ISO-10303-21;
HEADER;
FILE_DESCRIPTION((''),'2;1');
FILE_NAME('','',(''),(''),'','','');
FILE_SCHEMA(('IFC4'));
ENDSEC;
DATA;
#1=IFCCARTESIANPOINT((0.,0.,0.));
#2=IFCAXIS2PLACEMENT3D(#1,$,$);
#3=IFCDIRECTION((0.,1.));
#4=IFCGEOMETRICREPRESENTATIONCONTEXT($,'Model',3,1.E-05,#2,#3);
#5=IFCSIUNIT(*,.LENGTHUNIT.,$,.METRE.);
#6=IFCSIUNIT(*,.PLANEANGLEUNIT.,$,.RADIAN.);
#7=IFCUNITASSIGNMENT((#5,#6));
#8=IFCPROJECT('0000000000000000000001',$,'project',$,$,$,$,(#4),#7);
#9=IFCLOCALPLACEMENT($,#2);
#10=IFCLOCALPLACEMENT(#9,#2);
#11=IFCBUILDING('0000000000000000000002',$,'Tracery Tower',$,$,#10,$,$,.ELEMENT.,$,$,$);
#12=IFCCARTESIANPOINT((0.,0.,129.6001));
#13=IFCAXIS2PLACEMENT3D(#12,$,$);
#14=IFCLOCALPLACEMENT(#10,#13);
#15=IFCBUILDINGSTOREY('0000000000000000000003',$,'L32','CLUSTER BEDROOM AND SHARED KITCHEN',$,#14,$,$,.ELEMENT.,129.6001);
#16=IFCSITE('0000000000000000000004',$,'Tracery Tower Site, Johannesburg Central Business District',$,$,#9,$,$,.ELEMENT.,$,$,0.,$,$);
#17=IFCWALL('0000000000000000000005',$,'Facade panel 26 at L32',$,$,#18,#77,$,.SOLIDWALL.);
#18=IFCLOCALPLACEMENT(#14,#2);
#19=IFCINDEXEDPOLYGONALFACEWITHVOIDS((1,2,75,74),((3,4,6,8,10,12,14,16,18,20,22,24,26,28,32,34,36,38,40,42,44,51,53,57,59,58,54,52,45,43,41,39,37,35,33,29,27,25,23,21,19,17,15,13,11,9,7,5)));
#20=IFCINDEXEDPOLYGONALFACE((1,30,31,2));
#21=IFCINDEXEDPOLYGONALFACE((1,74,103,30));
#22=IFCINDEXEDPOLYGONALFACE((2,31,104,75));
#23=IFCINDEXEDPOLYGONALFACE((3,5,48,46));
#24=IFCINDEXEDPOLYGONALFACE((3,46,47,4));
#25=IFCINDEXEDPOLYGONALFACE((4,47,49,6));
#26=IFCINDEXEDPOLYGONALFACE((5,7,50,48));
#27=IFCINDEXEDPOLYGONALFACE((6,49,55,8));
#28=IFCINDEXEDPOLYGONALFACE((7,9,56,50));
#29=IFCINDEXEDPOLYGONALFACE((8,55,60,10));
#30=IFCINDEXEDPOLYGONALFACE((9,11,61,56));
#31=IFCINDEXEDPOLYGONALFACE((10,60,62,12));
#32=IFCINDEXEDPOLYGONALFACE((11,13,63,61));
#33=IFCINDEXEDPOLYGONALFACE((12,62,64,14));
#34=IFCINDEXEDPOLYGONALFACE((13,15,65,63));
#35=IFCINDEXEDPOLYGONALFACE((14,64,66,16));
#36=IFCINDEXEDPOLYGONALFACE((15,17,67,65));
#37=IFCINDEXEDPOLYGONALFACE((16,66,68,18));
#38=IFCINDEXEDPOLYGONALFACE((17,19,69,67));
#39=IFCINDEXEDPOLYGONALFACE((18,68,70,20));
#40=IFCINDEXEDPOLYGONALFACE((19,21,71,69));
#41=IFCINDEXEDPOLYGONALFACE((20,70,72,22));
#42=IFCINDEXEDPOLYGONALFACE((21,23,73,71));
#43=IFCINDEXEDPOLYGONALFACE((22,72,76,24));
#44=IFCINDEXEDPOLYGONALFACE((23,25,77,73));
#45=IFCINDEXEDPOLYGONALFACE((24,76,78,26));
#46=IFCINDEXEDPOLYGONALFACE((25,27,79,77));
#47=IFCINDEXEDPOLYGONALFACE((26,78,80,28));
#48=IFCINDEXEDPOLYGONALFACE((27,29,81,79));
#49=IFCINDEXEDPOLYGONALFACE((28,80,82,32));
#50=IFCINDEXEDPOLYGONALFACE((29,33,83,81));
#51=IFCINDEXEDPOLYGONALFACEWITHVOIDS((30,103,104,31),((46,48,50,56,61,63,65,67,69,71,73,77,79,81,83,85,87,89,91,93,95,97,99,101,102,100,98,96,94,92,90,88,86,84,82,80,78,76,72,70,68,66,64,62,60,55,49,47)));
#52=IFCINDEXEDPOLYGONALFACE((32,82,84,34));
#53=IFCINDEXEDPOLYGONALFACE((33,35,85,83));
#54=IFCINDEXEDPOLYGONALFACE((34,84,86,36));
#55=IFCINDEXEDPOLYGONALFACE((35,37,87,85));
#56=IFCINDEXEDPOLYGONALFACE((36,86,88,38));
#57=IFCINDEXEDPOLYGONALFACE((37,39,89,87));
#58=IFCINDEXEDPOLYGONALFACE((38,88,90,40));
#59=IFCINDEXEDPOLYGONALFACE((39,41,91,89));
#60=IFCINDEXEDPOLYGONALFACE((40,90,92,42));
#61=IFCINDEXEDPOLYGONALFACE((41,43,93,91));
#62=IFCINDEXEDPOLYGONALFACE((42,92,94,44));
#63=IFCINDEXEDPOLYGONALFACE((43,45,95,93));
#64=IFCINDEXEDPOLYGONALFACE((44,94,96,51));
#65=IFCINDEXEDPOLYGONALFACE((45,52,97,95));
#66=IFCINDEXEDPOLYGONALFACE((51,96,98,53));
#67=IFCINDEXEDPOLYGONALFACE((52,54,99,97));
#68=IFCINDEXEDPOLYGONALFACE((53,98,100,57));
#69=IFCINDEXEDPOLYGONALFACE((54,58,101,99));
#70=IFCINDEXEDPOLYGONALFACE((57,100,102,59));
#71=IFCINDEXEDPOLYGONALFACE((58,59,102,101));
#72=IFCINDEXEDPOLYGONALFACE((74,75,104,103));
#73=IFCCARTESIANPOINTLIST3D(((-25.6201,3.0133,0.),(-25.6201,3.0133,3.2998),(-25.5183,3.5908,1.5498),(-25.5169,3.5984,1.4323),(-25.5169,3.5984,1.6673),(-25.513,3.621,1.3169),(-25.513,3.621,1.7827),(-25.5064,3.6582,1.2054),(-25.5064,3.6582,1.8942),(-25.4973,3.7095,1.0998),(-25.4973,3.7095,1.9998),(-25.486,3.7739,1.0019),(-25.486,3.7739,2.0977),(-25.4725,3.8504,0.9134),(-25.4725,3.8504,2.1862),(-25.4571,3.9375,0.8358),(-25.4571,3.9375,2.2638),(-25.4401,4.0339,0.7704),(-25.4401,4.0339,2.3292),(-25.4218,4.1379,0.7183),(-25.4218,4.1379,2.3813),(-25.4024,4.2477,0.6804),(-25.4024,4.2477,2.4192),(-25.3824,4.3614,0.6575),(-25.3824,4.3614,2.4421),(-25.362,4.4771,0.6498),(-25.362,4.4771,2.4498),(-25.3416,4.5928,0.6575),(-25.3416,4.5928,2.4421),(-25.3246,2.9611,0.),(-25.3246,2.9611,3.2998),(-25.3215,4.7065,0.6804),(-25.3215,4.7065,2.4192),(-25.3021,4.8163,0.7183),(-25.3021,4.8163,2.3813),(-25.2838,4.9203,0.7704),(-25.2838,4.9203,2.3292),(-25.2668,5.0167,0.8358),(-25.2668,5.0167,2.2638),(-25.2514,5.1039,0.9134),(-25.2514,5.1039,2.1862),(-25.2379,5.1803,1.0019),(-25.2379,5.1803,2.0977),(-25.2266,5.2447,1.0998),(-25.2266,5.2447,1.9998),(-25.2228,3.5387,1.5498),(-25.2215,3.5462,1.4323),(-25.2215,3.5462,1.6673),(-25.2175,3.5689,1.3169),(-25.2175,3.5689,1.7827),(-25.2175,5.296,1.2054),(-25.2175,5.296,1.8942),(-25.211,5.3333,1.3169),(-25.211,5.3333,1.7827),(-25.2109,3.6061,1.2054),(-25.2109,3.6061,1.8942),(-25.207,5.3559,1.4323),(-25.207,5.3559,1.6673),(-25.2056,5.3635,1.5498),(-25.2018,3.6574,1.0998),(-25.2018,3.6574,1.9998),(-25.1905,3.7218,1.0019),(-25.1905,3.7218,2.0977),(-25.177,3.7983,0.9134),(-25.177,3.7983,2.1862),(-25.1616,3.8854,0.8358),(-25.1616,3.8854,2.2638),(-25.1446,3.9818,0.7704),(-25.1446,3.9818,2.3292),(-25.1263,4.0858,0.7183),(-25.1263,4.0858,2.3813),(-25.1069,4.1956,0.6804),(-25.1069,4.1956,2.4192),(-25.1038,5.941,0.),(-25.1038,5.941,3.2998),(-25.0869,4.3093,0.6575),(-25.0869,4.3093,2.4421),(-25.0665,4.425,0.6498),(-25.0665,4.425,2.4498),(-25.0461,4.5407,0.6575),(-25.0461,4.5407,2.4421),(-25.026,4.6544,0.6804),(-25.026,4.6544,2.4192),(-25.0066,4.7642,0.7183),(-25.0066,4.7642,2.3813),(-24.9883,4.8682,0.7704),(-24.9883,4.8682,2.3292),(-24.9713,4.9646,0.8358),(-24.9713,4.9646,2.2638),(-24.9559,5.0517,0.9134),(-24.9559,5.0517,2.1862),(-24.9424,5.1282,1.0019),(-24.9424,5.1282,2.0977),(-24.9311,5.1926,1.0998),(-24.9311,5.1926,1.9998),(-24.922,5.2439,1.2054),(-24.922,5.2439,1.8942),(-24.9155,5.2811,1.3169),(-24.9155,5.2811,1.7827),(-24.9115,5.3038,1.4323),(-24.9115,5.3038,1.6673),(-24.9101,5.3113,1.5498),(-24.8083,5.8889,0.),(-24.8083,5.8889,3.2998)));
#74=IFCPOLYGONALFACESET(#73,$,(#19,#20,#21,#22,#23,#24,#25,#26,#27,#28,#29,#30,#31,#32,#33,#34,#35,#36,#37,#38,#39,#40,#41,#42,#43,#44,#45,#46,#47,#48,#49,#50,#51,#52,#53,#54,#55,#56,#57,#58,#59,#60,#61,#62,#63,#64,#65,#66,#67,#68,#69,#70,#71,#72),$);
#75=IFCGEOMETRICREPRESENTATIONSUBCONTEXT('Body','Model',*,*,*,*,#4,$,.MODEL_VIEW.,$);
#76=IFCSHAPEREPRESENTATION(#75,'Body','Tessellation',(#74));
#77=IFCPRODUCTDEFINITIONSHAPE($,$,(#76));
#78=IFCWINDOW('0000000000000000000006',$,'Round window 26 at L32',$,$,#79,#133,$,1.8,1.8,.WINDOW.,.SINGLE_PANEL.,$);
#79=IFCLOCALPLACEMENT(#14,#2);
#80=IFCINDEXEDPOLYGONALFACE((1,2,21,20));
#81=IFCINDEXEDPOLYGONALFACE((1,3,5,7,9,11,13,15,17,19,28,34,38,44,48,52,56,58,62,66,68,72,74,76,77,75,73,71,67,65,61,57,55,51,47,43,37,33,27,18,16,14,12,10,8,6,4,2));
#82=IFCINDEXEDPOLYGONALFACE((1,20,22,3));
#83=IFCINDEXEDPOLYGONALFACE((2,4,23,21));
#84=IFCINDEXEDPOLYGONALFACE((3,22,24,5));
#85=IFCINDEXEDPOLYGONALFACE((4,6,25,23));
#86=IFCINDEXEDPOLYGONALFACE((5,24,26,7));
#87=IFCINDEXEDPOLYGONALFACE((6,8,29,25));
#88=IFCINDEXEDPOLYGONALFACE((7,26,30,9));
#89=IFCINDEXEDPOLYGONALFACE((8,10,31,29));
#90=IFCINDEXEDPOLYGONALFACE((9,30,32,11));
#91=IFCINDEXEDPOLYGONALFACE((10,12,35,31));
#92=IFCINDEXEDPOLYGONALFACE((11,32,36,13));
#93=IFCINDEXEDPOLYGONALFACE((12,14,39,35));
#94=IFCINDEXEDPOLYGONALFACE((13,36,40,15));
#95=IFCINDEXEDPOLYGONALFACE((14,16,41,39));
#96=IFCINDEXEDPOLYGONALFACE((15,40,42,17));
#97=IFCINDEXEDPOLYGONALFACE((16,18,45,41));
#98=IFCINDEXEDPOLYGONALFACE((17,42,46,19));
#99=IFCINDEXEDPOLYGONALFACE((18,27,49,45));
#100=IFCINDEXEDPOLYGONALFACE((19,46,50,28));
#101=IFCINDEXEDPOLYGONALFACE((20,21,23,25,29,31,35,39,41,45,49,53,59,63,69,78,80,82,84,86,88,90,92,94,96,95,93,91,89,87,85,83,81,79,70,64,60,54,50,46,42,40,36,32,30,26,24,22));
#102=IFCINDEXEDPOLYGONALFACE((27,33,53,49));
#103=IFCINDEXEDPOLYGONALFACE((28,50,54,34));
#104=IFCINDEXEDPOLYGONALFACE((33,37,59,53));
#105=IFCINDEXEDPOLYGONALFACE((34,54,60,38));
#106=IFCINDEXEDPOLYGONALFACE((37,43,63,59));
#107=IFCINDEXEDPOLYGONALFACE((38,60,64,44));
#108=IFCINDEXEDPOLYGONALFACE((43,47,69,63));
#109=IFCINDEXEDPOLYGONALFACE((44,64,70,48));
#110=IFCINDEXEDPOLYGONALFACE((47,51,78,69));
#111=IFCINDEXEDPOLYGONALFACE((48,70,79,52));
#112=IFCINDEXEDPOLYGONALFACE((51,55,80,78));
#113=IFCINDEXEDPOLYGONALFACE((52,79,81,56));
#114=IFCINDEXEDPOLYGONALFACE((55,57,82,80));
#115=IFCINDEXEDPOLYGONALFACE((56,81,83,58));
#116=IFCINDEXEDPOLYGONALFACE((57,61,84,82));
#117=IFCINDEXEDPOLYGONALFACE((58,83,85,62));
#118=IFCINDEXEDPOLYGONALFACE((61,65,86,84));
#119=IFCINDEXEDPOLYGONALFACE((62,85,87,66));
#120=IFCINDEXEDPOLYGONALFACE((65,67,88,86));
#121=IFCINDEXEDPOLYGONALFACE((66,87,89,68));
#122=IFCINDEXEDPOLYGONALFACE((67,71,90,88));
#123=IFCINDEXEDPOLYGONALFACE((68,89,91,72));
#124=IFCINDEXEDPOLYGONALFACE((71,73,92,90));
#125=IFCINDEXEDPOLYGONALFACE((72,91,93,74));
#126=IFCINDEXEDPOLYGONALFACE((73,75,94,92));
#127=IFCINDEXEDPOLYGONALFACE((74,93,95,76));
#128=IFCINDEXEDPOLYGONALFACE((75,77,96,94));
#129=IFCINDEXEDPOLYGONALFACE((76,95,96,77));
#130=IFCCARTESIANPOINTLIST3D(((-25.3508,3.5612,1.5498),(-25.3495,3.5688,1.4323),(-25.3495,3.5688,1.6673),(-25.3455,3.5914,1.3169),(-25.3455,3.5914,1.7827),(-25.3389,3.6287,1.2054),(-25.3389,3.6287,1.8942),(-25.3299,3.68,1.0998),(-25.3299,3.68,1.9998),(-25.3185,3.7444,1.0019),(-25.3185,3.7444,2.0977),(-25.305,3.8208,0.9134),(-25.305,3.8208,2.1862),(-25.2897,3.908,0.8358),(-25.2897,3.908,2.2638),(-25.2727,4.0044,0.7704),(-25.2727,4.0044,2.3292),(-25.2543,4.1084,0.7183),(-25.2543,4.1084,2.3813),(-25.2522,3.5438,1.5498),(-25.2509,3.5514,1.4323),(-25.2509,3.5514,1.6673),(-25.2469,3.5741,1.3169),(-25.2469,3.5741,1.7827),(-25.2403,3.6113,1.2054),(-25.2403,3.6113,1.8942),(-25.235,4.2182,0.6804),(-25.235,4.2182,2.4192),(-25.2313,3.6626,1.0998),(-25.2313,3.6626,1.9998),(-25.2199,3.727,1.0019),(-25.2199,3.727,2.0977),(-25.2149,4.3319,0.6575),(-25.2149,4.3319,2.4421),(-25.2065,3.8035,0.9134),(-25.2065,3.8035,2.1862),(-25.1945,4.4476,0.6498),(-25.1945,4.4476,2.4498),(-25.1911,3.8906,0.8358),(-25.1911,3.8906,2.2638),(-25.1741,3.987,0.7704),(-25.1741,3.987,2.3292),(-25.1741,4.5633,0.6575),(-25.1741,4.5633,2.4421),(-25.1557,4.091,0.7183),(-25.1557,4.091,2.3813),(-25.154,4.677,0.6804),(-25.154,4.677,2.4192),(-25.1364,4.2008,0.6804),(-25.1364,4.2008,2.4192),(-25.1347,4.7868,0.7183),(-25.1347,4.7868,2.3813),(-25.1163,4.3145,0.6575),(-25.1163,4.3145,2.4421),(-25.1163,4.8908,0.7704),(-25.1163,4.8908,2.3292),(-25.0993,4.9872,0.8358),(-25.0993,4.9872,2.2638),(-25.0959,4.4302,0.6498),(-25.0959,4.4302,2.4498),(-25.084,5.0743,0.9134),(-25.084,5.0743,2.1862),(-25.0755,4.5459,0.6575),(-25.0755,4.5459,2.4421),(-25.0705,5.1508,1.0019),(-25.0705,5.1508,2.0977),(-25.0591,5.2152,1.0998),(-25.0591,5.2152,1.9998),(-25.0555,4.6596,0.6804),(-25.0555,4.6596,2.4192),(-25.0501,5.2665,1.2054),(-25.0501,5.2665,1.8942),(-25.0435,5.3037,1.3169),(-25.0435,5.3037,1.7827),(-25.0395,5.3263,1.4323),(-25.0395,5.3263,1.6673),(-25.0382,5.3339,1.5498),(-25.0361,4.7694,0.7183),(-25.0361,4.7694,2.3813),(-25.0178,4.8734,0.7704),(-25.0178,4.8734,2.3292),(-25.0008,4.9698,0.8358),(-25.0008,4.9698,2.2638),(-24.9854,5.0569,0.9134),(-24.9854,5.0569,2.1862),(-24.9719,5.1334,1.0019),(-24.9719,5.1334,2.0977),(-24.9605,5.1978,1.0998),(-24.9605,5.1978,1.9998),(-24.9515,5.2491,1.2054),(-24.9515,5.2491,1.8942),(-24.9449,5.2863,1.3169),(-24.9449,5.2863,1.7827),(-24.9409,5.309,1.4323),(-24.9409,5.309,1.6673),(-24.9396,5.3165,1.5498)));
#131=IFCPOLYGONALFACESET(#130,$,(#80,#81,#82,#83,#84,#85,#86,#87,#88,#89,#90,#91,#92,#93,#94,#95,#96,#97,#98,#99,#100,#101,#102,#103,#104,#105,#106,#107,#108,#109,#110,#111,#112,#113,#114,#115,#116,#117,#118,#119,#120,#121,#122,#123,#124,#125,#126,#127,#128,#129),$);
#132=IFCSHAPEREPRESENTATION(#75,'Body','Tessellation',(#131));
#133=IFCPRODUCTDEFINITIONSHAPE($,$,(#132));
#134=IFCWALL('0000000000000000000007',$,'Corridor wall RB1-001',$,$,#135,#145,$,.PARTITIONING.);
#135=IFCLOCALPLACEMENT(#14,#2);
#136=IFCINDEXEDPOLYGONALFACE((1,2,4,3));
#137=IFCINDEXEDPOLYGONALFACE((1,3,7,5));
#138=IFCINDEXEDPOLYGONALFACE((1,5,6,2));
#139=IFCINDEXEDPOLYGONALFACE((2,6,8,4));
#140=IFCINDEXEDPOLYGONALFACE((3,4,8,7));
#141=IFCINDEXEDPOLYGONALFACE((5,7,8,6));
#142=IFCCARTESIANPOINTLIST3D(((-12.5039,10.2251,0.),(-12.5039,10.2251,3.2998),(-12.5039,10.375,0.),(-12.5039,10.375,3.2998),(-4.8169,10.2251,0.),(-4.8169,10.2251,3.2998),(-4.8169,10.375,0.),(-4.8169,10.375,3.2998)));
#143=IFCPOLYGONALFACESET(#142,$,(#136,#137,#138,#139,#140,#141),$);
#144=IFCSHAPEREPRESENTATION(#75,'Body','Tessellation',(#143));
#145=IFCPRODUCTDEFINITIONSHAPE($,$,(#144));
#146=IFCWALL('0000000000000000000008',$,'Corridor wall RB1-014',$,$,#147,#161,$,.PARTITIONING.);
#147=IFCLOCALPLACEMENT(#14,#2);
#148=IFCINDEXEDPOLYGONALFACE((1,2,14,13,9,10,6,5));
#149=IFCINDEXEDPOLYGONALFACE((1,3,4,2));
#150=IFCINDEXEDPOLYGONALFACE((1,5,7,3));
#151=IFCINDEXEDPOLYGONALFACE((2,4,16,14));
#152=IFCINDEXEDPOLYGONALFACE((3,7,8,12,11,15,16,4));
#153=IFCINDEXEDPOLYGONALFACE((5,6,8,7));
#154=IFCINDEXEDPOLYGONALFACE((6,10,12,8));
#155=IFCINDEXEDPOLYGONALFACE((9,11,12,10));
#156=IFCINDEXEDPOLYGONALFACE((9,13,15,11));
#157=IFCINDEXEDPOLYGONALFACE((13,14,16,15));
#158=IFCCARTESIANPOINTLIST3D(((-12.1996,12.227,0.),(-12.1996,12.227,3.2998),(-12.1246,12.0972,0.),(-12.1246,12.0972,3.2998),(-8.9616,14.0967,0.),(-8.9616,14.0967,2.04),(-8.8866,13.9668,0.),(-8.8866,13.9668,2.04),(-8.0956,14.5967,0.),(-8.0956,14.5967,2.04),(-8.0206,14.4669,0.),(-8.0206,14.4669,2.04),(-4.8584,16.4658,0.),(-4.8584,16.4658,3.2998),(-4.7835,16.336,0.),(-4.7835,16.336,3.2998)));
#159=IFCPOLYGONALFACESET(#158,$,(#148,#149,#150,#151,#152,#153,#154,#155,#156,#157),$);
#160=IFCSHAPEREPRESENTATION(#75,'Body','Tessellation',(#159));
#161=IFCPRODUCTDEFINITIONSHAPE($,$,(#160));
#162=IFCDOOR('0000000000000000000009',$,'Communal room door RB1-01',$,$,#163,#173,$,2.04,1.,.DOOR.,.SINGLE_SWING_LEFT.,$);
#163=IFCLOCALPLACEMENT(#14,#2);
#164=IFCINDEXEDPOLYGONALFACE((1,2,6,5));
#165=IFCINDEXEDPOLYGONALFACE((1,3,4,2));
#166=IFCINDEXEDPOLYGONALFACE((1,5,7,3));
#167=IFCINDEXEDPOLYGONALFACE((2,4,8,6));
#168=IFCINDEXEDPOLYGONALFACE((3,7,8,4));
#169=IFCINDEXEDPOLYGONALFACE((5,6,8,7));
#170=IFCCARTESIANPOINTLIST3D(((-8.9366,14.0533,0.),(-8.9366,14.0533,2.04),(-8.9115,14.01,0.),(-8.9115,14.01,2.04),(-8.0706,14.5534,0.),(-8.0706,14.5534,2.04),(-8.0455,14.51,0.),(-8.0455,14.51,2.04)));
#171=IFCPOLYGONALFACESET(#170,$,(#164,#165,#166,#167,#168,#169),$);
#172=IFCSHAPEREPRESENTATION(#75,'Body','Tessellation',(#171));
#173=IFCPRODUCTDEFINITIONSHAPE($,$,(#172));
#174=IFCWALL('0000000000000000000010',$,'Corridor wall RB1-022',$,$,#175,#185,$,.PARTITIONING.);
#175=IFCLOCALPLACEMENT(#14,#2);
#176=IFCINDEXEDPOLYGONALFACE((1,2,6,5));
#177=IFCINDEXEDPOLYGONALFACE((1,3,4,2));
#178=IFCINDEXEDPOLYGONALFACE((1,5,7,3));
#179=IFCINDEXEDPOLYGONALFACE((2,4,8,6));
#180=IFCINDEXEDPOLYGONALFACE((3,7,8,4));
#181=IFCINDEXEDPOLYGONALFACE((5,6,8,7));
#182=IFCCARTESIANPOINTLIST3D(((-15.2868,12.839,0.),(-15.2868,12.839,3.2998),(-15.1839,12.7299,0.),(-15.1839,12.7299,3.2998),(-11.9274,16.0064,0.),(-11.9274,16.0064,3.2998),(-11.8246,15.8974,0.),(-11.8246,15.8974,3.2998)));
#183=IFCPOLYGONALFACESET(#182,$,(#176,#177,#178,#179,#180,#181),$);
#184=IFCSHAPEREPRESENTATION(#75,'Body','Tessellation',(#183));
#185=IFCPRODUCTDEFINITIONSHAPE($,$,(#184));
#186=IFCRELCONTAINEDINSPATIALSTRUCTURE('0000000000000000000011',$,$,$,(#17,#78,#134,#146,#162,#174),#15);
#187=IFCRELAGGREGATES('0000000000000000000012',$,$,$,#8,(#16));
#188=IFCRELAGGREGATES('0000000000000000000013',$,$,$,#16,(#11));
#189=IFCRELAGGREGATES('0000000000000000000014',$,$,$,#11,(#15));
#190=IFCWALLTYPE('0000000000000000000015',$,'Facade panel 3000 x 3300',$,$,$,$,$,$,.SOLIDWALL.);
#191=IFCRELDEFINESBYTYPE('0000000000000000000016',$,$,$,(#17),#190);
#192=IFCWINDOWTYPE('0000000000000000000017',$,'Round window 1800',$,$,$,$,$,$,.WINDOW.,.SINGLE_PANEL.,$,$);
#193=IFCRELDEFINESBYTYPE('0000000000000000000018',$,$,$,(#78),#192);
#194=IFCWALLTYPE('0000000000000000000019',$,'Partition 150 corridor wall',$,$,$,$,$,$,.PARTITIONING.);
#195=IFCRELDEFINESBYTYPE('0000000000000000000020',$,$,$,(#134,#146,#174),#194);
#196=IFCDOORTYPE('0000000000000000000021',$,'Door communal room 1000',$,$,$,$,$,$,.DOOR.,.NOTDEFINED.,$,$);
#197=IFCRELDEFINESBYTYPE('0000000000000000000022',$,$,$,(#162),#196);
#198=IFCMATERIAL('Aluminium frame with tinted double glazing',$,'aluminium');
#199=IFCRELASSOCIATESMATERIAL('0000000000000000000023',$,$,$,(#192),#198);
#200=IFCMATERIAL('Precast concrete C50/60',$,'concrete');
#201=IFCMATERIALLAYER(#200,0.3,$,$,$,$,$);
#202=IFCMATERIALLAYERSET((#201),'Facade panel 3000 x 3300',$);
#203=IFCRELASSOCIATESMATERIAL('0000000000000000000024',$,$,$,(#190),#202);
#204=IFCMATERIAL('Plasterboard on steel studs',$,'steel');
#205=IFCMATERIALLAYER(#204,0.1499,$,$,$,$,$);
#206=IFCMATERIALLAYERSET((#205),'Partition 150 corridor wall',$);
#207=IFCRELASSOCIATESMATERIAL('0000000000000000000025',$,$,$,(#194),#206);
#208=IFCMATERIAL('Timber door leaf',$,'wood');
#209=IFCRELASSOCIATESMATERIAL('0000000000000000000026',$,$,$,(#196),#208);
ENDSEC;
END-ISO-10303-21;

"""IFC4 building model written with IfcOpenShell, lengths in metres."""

from ifc_helpers import new_model, si_unit, direction, frame, frame_2d, origin, origin_2d, place, context, subcontext, project, spatial, rectangle, circle, extrude, material, layer, layer_set, type_object, element, fill, save


model = new_model("IFC4")

# Units and contexts
model_context = context("Model", 3, precision=1e-05, world=origin(), true_north=direction((0.0, 1.0)))
body_context = subcontext(model_context, "Body", "Model", "MODEL_VIEW")
ifc_project = project(units=[si_unit("LENGTHUNIT", "METRE"), si_unit("PLANEANGLEUNIT", "RADIAN")], contexts=[model_context])

# Site, building, storey
site_placement = place(None, origin())
site = spatial("IfcSite", under=ifc_project, at=site_placement, Name="Tracery Tower Site, Johannesburg Central Business District", CompositionType="ELEMENT", RefElevation=0.0)
building_placement = place(site_placement, origin())
building = spatial("IfcBuilding", under=site, at=building_placement, Name="Tracery Tower", CompositionType="ELEMENT")
storey_placement = place(building_placement, frame((0.0, 0.0, 129.6001)))
storey = spatial("IfcBuildingStorey", under=building, at=storey_placement, Name="L32", Description="CLUSTER BEDROOM AND SHARED KITCHEN", CompositionType="ELEMENT", Elevation=129.6001)

# Wall, opening, window
ifc_material_1 = material(Name="Aluminium frame with tinted double glazing", Category="aluminium")
window_type = type_object("IfcWindowType", Name="Round window 1800", PartitioningType="SINGLE_PANEL", PredefinedType="WINDOW", material=ifc_material_1)
ifc_material_2 = material(Name="Precast concrete C50/60", Category="concrete")
ifc_layer_1 = layer(ifc_material_2, 0.3)
ifc_layer_set_1 = layer_set([ifc_layer_1], Name="Facade panel 3000 x 3300")
wall_type_1 = type_object("IfcWallType", Name="Facade panel 3000 x 3300", PredefinedType="SOLIDWALL", material=ifc_layer_set_1)
wall_1_placement = place(storey_placement, frame((-24.9561, 5.9148, 0.0), z_axis=(0.0, 0.0, 1.0), x_axis=(-0.173687, -0.984801, 0.0)))
wall_1 = element("IfcWall", 1, at=wall_1_placement, inside=storey, type_object=wall_type_1, Name="Facade panel 26 at L32", PredefinedType="SOLIDWALL", context=body_context, shape_type="SweptSolid", body=[
    extrude(rectangle(XDim=2.9729, YDim=0.3, at=frame_2d((1.4863, 0.0))), origin(), (0.0, 0.0, 1.0), 3.2998),
])
opening_1_placement = place(wall_1_placement, frame((1.4863, 0.0, 1.5498)))
opening_1 = element("IfcOpeningElement", 2, at=opening_1_placement, cuts=wall_1, PredefinedType="OPENING", context=body_context, shape_type="SweptSolid", body=[
    extrude(circle(Radius=0.9, at=origin_2d()), frame((0.0, 0.1599, 0.0), z_axis=(0.0, -1.0, 0.0), x_axis=(1.0, 0.0, 0.0)), (0.0, 0.0, 1.0), 0.3201),
])
window_1_placement = place(opening_1_placement, origin())
window_1 = element("IfcWindow", 3, at=window_1_placement, inside=storey, type_object=window_type, Name="Round window 26 at L32", OverallHeight=1.8, OverallWidth=1.8, PartitioningType="SINGLE_PANEL", PredefinedType="WINDOW", context=body_context, shape_type="SweptSolid", body=[
    extrude(circle(Radius=0.9, at=origin_2d()), frame((0.0, 0.1201, 0.0), z_axis=(0.0, -1.0, 0.0), x_axis=(1.0, 0.0, 0.0)), (0.0, 0.0, 1.0), 0.1001),
])
fill(opening_1, window_1)

# Wall
ifc_material_3 = material(Name="Plasterboard on steel studs", Category="steel")
ifc_layer_2 = layer(ifc_material_3, 0.1499)
ifc_layer_set_2 = layer_set([ifc_layer_2], Name="Partition 150 corridor wall")
wall_type_2 = type_object("IfcWallType", Name="Partition 150 corridor wall", PredefinedType="PARTITIONING", material=ifc_layer_set_2)
wall_2_placement = place(storey_placement, frame((-12.5039, 10.3, 0.0), z_axis=(0.0, 0.0, 1.0), x_axis=(1.0, 0.0, 0.0)))
element("IfcWall", 4, at=wall_2_placement, inside=storey, type_object=wall_type_2, Name="Corridor wall RB1-001", PredefinedType="PARTITIONING", context=body_context, shape_type="SweptSolid", body=[
    extrude(rectangle(XDim=7.687, YDim=0.1499, at=frame_2d((3.8435, 0.0))), origin(), (0.0, 0.0, 1.0), 3.2998),
])

# Wall, opening, door
wall_3_placement = place(storey_placement, frame((-12.1621, 12.1621, 0.0), z_axis=(0.0, 0.0, 1.0), x_axis=(0.866005, 0.500036, 0.0)))
wall_3 = element("IfcWall", 5, at=wall_3_placement, inside=storey, type_object=wall_type_2, Name="Corridor wall RB1-014", PredefinedType="PARTITIONING", context=body_context, shape_type="SweptSolid", body=[
    extrude(rectangle(XDim=8.4771, YDim=0.1499, at=frame_2d((4.2385, 0.0))), origin(), (0.0, 0.0, 1.0), 3.2998),
])
opening_2_placement = place(wall_3_placement, frame((3.739, 0.0, 0.0)))
opening_2 = element("IfcOpeningElement", 6, at=opening_2_placement, cuts=wall_3, PredefinedType="OPENING", context=body_context, shape_type="SweptSolid", body=[
    extrude(rectangle(XDim=1.0, YDim=2.04, at=frame_2d((0.5, 1.02))), frame((0.0, 0.075, 0.0), z_axis=(0.0, -1.0, 0.0), x_axis=(1.0, 0.0, 0.0)), (0.0, 0.0, 1.0), 0.1499),
])
ifc_material_4 = material(Name="Timber door leaf", Category="wood")
door_type_1 = type_object("IfcDoorType", Name="Door communal room 1000", OperationType="NOTDEFINED", PredefinedType="DOOR", material=ifc_material_4)
door_1_placement = place(opening_2_placement, origin())
door_1 = element("IfcDoor", 7, at=door_1_placement, inside=storey, type_object=door_type_1, Name="Communal room door RB1-01", OperationType="SINGLE_SWING_LEFT", OverallHeight=2.04, OverallWidth=1.0, PredefinedType="DOOR", context=body_context, shape_type="SweptSolid", body=[
    extrude(rectangle(XDim=1.0, YDim=2.04, at=frame_2d((0.5, 1.02))), frame((0.0, 0.0249, 0.0), z_axis=(0.0, -1.0, 0.0), x_axis=(1.0, 0.0, 0.0)), (0.0, 0.0, 1.0), 0.05),
])
fill(opening_2, door_1)

# Wall
wall_4_placement = place(storey_placement, frame((-15.2354, 12.7844, 0.0), z_axis=(0.0, 0.0, 1.0), x_axis=(0.727582, 0.686021, 0.0)))
element("IfcWall", 8, at=wall_4_placement, inside=storey, type_object=wall_type_2, Name="Corridor wall RB1-022", PredefinedType="PARTITIONING", context=body_context, shape_type="SweptSolid", body=[
    extrude(rectangle(XDim=4.6172, YDim=0.1499, at=frame_2d((2.3086, 0.0))), origin(), (0.0, 0.0, 1.0), 3.2998),
])

save(model, "model.ifc")
